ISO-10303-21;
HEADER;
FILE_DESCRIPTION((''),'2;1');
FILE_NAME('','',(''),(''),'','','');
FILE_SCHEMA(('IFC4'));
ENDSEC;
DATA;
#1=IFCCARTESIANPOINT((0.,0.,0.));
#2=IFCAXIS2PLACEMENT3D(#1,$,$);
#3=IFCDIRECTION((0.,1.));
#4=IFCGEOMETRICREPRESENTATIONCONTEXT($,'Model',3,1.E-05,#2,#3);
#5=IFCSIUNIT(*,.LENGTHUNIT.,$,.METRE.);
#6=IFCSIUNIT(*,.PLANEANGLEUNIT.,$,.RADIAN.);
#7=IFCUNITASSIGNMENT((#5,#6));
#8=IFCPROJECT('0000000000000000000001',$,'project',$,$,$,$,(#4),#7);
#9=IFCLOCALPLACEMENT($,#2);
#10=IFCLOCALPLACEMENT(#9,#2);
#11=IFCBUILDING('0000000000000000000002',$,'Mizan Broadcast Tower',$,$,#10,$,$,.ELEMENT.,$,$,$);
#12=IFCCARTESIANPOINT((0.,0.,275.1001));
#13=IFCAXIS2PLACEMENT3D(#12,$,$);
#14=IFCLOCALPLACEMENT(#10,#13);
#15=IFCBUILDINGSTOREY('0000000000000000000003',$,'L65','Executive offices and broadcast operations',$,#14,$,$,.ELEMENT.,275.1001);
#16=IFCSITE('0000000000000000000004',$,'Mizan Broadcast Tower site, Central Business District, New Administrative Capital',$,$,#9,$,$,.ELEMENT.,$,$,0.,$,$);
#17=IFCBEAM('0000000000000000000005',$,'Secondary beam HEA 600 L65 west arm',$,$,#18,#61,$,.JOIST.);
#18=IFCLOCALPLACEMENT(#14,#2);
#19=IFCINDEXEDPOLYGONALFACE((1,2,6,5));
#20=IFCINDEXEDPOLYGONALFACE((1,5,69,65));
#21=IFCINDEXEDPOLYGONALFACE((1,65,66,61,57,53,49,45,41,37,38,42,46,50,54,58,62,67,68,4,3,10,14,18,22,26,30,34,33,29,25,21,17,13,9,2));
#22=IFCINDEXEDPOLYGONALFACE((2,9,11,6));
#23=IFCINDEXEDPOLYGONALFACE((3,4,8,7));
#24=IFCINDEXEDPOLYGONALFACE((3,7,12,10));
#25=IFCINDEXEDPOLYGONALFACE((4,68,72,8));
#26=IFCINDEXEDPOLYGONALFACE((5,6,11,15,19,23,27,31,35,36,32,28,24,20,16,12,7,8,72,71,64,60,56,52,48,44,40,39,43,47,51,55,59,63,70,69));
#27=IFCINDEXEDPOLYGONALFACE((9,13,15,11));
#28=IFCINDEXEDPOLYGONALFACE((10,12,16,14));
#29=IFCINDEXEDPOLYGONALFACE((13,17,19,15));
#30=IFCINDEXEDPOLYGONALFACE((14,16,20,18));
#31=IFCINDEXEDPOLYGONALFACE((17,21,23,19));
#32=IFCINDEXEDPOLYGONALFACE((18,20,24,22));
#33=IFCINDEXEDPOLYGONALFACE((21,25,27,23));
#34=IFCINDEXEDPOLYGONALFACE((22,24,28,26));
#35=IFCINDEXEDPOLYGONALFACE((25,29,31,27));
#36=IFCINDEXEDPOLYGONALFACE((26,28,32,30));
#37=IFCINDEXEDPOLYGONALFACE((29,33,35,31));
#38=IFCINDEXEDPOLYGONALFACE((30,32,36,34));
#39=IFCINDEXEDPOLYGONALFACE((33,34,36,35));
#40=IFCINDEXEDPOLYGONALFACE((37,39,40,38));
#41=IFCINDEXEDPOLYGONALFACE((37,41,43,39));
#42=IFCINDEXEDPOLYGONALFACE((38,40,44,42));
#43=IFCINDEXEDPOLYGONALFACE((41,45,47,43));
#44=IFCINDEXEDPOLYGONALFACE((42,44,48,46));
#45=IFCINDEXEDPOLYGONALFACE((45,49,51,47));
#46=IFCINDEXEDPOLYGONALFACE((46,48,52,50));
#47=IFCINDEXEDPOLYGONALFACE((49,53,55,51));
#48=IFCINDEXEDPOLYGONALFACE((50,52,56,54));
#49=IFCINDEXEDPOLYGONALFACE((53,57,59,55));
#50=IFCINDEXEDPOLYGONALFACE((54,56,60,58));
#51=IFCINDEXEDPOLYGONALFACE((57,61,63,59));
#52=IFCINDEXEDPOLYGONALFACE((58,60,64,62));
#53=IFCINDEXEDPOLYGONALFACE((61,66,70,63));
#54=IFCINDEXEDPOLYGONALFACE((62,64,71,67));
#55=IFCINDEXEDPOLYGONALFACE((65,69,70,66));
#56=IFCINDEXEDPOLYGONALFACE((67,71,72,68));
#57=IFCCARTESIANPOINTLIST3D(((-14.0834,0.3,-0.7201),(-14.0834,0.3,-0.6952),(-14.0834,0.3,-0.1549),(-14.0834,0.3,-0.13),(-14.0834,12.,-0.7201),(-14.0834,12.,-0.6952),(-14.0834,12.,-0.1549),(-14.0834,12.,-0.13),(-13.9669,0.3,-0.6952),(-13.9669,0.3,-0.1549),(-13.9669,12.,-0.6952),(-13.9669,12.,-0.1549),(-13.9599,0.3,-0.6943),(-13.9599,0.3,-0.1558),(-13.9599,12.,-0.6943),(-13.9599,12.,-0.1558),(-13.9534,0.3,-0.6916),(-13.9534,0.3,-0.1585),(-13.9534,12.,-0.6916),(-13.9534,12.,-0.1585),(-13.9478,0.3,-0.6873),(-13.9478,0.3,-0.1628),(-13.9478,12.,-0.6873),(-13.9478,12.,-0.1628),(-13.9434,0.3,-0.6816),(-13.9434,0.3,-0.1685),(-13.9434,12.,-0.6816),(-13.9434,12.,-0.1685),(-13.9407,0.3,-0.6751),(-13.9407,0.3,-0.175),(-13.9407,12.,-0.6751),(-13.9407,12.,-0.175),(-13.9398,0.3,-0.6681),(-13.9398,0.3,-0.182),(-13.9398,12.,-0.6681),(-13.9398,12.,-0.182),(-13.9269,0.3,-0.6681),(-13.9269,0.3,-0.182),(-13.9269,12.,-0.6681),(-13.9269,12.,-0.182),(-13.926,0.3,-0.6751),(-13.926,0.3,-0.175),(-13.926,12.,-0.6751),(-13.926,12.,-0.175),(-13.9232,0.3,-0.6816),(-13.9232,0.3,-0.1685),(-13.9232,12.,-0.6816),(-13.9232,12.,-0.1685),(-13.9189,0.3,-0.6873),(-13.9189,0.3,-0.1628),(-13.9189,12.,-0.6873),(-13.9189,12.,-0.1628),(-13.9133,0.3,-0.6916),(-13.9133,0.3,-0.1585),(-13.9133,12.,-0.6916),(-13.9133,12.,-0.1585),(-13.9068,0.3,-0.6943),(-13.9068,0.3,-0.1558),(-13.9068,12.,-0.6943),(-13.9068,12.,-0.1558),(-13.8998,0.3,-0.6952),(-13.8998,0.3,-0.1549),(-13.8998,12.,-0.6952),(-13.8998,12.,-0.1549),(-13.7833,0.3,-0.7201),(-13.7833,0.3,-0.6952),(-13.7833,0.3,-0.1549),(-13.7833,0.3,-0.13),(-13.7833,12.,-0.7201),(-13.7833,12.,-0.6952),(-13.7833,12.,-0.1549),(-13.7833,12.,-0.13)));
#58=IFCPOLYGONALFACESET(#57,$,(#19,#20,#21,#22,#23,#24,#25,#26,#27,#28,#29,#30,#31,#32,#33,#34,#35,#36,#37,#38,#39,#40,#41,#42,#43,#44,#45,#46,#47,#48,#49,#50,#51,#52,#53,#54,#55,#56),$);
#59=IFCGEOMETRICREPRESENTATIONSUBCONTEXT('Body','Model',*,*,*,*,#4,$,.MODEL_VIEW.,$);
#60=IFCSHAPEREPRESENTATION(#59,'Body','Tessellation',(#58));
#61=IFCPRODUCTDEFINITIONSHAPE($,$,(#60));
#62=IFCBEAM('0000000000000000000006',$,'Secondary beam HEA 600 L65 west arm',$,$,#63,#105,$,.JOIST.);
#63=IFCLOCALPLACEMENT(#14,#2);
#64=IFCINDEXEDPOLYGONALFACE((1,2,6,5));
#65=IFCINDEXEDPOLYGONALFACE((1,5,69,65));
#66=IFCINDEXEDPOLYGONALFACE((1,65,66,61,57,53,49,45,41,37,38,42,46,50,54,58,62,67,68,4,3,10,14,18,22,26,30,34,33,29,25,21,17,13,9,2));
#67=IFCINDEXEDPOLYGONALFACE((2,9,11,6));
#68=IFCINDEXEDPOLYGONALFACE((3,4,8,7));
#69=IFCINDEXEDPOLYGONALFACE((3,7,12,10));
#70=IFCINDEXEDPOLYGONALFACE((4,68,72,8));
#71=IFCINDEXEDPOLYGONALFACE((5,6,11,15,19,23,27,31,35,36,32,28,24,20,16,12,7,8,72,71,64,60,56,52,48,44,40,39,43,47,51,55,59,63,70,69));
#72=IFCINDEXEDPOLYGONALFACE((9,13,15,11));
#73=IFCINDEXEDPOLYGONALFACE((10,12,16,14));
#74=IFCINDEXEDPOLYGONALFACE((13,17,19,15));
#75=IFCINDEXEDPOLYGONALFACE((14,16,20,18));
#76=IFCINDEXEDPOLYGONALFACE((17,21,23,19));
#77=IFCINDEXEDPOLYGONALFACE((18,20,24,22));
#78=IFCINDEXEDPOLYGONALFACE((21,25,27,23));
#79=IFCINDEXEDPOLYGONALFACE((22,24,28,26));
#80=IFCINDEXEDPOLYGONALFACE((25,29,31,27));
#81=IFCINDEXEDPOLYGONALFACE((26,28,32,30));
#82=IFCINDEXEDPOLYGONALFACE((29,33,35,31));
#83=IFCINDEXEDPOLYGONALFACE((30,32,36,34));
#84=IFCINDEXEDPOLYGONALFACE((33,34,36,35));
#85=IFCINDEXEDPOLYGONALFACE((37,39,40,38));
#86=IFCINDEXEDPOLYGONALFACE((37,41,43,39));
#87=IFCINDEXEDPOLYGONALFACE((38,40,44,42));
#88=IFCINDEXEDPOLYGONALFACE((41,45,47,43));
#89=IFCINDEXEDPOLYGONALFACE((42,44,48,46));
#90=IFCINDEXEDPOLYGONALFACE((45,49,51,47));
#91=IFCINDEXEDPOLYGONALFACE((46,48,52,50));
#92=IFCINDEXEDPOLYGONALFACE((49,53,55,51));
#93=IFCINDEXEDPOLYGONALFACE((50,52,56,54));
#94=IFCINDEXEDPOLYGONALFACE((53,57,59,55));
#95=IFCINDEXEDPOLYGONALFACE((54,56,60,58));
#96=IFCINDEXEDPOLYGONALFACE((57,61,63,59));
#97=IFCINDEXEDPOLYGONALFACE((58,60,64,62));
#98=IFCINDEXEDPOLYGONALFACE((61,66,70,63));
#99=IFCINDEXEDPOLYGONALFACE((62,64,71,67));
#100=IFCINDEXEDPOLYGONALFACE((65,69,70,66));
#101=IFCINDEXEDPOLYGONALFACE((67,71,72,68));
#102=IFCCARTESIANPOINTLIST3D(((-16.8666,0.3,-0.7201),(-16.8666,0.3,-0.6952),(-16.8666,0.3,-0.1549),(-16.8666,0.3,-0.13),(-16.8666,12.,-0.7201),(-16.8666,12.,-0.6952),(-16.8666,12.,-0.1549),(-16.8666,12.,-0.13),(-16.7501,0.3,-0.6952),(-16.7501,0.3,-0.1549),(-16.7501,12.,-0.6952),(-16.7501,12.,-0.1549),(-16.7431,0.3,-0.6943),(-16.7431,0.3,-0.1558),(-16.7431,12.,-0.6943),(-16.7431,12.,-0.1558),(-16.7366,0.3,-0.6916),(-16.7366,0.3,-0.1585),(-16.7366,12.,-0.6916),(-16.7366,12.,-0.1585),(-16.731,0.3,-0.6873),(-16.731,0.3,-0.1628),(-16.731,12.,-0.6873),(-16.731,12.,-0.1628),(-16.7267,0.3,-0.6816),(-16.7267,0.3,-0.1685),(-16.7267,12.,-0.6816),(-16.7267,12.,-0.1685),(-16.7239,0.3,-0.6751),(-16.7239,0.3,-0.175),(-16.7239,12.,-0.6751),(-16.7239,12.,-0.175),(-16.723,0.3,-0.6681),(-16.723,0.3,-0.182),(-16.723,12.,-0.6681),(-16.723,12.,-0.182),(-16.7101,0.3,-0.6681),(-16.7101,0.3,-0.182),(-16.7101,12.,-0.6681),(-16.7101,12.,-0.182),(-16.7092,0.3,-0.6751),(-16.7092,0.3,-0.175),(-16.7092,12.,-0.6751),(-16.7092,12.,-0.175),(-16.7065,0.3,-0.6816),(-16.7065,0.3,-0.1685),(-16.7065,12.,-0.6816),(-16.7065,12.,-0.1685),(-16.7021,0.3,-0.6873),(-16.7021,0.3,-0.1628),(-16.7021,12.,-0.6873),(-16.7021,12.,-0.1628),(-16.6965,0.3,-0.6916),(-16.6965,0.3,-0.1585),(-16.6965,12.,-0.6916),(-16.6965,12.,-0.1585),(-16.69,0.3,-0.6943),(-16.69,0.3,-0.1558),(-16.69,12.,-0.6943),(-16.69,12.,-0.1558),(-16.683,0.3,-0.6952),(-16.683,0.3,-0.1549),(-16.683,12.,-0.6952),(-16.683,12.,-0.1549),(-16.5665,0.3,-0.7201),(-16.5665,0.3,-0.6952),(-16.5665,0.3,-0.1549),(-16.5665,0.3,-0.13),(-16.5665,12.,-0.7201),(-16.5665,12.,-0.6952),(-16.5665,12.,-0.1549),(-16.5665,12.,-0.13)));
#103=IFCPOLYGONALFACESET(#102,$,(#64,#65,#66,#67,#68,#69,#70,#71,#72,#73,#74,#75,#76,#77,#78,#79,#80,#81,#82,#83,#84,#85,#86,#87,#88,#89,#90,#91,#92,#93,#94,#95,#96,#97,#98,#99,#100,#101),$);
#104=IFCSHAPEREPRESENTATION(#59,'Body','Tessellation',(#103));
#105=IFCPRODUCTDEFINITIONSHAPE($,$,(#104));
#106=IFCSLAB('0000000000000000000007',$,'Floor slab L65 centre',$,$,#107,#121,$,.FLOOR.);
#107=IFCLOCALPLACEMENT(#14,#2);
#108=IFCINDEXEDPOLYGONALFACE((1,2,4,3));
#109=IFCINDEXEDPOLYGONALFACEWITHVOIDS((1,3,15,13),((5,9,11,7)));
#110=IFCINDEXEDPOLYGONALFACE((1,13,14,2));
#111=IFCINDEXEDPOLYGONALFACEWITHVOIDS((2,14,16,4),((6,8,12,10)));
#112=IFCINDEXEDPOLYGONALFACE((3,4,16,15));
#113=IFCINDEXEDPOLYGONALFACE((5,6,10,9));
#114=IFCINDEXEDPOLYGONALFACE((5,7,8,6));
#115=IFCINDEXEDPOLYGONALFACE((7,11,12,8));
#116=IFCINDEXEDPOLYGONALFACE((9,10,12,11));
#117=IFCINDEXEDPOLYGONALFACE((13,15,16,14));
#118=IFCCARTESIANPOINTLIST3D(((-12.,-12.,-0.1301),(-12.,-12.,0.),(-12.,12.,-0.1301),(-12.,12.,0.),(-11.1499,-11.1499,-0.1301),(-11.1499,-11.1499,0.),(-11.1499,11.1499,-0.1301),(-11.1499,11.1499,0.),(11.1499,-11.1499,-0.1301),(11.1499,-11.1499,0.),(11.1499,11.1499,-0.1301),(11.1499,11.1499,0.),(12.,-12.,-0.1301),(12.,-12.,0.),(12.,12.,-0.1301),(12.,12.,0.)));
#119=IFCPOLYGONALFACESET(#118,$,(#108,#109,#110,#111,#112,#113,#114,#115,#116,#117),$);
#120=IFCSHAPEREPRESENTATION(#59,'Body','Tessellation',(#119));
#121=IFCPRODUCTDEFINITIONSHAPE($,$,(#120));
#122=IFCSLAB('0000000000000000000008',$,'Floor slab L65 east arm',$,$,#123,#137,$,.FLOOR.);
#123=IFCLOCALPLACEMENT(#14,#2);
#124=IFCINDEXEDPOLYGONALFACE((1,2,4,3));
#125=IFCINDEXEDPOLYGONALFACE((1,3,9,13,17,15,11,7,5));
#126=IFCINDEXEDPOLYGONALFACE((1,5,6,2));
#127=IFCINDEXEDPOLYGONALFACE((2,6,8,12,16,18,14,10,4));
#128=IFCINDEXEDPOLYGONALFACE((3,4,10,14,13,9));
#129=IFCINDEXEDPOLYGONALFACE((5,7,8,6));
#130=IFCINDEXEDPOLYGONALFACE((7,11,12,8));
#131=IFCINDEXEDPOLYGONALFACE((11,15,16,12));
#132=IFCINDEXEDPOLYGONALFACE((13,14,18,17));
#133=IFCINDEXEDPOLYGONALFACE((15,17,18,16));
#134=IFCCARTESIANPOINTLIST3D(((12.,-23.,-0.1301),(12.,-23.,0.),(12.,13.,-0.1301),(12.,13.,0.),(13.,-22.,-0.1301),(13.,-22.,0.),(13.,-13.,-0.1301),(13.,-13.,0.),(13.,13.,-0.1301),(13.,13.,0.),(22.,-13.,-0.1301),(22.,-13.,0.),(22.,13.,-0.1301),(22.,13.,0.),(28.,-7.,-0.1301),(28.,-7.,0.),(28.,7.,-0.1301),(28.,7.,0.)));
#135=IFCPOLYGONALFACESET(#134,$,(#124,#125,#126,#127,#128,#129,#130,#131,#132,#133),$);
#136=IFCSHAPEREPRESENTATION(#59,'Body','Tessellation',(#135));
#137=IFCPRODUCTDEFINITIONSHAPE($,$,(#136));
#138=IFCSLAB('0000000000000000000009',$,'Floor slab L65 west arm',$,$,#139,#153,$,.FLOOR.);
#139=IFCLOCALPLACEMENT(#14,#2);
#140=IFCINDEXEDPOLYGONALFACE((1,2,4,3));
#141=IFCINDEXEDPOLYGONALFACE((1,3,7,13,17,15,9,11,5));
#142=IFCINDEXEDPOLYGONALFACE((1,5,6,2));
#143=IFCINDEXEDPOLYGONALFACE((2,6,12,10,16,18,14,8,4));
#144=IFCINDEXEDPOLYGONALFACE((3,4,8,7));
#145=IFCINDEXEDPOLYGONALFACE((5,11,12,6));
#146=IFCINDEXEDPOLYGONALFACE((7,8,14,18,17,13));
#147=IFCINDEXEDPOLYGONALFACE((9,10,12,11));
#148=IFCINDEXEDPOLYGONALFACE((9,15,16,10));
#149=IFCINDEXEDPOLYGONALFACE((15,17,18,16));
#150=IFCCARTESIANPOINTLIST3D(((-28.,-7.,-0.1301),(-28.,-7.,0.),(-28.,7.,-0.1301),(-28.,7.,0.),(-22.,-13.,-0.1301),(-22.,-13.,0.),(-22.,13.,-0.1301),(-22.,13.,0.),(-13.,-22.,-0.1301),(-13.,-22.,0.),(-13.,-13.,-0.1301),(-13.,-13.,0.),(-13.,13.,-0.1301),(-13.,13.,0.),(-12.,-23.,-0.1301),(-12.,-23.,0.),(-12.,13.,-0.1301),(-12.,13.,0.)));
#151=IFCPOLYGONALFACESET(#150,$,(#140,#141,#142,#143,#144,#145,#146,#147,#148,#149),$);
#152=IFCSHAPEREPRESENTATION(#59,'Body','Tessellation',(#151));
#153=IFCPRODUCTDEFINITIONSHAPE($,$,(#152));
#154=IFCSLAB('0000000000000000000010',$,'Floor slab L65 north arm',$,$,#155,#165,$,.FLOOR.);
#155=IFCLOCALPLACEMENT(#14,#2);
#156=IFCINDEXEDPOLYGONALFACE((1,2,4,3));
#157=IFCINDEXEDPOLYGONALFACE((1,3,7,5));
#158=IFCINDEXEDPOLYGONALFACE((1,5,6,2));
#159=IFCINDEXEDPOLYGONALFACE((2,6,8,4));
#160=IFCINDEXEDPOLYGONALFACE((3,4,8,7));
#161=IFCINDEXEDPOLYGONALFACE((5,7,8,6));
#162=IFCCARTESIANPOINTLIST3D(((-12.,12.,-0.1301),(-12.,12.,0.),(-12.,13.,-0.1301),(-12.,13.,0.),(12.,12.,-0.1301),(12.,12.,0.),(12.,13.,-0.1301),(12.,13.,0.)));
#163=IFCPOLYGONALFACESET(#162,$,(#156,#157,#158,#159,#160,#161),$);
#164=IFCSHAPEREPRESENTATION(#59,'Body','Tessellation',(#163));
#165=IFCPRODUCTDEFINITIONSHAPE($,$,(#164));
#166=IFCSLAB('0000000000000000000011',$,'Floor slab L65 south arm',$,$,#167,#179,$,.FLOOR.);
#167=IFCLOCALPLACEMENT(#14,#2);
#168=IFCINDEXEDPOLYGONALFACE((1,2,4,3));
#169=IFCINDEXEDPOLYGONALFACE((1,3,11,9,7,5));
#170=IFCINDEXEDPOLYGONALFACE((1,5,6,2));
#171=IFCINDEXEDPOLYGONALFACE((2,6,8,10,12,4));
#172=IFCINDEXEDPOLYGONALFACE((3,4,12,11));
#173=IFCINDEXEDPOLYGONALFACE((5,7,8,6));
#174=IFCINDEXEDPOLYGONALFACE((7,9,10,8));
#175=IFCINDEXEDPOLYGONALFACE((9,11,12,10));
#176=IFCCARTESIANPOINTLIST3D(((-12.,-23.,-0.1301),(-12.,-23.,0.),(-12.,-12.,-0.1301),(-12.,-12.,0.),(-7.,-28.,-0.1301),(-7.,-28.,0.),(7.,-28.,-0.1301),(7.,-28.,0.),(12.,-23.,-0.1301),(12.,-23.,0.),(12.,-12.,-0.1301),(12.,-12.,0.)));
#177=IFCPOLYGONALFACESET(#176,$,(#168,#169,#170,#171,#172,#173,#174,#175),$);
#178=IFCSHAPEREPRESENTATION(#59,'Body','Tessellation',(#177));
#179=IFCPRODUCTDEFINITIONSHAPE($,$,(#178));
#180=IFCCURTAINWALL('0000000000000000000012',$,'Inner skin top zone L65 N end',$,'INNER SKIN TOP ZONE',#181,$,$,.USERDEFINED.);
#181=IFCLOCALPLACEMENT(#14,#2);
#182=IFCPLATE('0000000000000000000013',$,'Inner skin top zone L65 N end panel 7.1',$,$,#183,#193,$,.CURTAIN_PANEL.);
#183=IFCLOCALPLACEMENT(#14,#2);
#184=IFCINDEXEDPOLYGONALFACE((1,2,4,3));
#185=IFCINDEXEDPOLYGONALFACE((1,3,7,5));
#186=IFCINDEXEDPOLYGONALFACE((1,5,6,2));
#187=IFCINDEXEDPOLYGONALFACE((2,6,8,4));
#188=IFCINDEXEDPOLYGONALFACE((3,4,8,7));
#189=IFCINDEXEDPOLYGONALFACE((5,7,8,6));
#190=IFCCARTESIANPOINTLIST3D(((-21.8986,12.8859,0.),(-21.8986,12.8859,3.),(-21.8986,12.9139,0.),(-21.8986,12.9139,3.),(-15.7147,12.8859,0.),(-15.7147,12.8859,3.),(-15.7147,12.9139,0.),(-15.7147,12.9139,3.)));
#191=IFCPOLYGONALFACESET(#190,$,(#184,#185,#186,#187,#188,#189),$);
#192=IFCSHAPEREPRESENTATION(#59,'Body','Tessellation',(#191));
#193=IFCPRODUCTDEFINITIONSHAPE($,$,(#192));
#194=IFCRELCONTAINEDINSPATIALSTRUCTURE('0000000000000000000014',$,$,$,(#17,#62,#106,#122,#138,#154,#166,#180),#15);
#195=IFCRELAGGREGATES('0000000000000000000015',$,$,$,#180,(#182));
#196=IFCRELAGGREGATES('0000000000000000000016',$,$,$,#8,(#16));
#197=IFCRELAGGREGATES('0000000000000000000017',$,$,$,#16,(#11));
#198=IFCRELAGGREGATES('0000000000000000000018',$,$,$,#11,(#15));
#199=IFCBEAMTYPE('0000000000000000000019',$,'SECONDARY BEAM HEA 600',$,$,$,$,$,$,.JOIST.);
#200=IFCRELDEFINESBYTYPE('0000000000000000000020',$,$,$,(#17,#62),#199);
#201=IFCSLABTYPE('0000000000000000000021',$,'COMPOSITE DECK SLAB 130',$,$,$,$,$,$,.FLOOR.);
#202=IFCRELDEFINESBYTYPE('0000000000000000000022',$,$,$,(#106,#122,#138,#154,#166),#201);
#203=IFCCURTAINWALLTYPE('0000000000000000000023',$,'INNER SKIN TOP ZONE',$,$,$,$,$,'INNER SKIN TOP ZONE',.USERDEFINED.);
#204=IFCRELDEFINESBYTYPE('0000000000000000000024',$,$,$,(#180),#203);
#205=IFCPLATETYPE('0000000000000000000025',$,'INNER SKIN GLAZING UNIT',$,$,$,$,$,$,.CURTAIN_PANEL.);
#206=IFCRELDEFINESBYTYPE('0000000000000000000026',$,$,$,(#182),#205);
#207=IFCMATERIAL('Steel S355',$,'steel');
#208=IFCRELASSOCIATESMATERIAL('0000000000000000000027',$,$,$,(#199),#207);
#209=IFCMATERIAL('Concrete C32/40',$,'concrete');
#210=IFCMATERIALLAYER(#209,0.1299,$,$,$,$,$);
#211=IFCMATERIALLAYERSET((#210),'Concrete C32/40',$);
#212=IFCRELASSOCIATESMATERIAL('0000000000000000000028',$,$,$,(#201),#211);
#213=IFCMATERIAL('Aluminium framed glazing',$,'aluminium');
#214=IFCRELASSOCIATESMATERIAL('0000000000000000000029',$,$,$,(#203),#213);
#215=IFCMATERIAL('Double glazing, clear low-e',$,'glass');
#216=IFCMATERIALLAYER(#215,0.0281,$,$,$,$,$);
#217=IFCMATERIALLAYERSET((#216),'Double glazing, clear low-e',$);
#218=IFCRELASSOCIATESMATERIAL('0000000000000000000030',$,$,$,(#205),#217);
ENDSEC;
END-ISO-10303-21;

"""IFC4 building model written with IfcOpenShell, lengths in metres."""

from ifc_helpers import new_model, si_unit, direction, frame, origin, origin_2d, place, context, subcontext, project, spatial, polyline, rectangle, i_section, outline, extrude, material, layer, layer_set, material_profile, profile_set, type_object, element, aggregate, save


model = new_model("IFC4")

# Units and contexts
model_context = context("Model", 3, precision=1e-05, world=origin(), true_north=direction((0.0, 1.0)))
body_context = subcontext(model_context, "Body", "Model", "MODEL_VIEW")
ifc_project = project(units=[si_unit("LENGTHUNIT", "METRE"), si_unit("PLANEANGLEUNIT", "RADIAN")], contexts=[model_context])

# Site, building, storey
site_placement = place(None, origin())
site = spatial("IfcSite", under=ifc_project, at=site_placement, Name="Mizan Broadcast Tower site, Central Business District, New Administrative Capital", CompositionType="ELEMENT", RefElevation=0.0)
building_placement = place(site_placement, origin())
building = spatial("IfcBuilding", under=site, at=building_placement, Name="Mizan Broadcast Tower", CompositionType="ELEMENT")
storey_placement = place(building_placement, frame((0.0, 0.0, 275.1001)))
storey = spatial("IfcBuildingStorey", under=building, at=storey_placement, Name="L65", Description="Executive offices and broadcast operations", CompositionType="ELEMENT", Elevation=275.1001)

# Beams
ifc_material_1 = material(Name="Steel S355", Category="steel")
ifc_material_profile_1 = material_profile(ifc_material_1, i_section(OverallWidth=0.3, OverallDepth=0.5901, WebThickness=0.0129, FlangeThickness=0.0249, FilletRadius=0.0271, at=origin_2d()), Name="HEA 600")
ifc_profile_set_1 = profile_set([ifc_material_profile_1], Name="Steel S355")
beam_type_1 = type_object("IfcBeamType", Name="SECONDARY BEAM HEA 600", PredefinedType="JOIST", material=ifc_profile_set_1)
for number, where, z_axis, x_axis, name in (
    (1, (-13.9333, 12.0, -0.425), (0.0, -1.0, 0.0), (1.0, 0.0, 0.0), "Secondary beam HEA 600 L65 west arm"),
    (2, (-16.7166, 12.0, -0.425), (0.0, -1.0, 0.0), (1.0, 0.0, 0.0), "Secondary beam HEA 600 L65 west arm"),
):
    element("IfcBeam", number, at=place(storey_placement, frame(where, z_axis=z_axis, x_axis=x_axis)), inside=storey, type_object=beam_type_1, Name=name, PredefinedType="JOIST", context=body_context, shape_type="SweptSolid", body=[
        extrude(i_section(OverallWidth=0.3, OverallDepth=0.5901, WebThickness=0.0129, FlangeThickness=0.0249, FilletRadius=0.0271, at=origin_2d()), origin(), (0.0, 0.0, 1.0), 11.7),
    ])

# Slabs
ifc_material_2 = material(Name="Concrete C32/40", Category="concrete")
ifc_layer_1 = layer(ifc_material_2, 0.1299)
ifc_layer_set_1 = layer_set([ifc_layer_1], Name="Concrete C32/40")
slab_type = type_object("IfcSlabType", Name="COMPOSITE DECK SLAB 130", PredefinedType="FLOOR", material=ifc_layer_set_1)
slab_1_placement = place(storey_placement, frame((0.0, 0.0, -0.1301)))
element("IfcSlab", 3, at=slab_1_placement, inside=storey, type_object=slab_type, Name="Floor slab L65 centre", PredefinedType="FLOOR", context=body_context, shape_type="SweptSolid", body=[
    extrude(outline(polyline([(-12.0, -12.0), (12.0, -12.0), (12.0, 12.0), (-12.0, 12.0), (-12.0, -12.0)]), holes=[polyline([(-11.1499, 11.1499), (11.1499, 11.1499), (11.1499, -11.1499), (-11.1499, -11.1499), (-11.1499, 11.1499)])]), origin(), (0.0, 0.0, 1.0), 0.1301),
])
slab_2_placement = place(storey_placement, frame((0.0, 0.0, -0.1301)))
element("IfcSlab", 4, at=slab_2_placement, inside=storey, type_object=slab_type, Name="Floor slab L65 east arm", PredefinedType="FLOOR", context=body_context, shape_type="SweptSolid", body=[
    extrude(outline(polyline([(12.0, -23.0), (13.0, -22.0), (13.0, -13.0), (22.0, -13.0), (28.0, -7.0), (28.0, 7.0), (22.0, 13.0), (13.0, 13.0), (12.0, 13.0), (12.0, -23.0)])), origin(), (0.0, 0.0, 1.0), 0.1301),
])
slab_3_placement = place(storey_placement, frame((0.0, 0.0, -0.1301)))
element("IfcSlab", 5, at=slab_3_placement, inside=storey, type_object=slab_type, Name="Floor slab L65 west arm", PredefinedType="FLOOR", context=body_context, shape_type="SweptSolid", body=[
    extrude(outline(polyline([(-13.0, -22.0), (-12.0, -23.0), (-12.0, 13.0), (-13.0, 13.0), (-22.0, 13.0), (-28.0, 7.0), (-28.0, -7.0), (-22.0, -13.0), (-13.0, -13.0), (-13.0, -22.0)])), origin(), (0.0, 0.0, 1.0), 0.1301),
])
slab_4_placement = place(storey_placement, frame((0.0, 0.0, -0.1301)))
element("IfcSlab", 6, at=slab_4_placement, inside=storey, type_object=slab_type, Name="Floor slab L65 north arm", PredefinedType="FLOOR", context=body_context, shape_type="SweptSolid", body=[
    extrude(outline(polyline([(12.0, 13.0), (-12.0, 13.0), (-12.0, 12.0), (12.0, 12.0), (12.0, 13.0)])), origin(), (0.0, 0.0, 1.0), 0.1301),
])
slab_5_placement = place(storey_placement, frame((0.0, 0.0, -0.1301)))
element("IfcSlab", 7, at=slab_5_placement, inside=storey, type_object=slab_type, Name="Floor slab L65 south arm", PredefinedType="FLOOR", context=body_context, shape_type="SweptSolid", body=[
    extrude(outline(polyline([(7.0, -28.0), (12.0, -23.0), (12.0, -12.0), (-12.0, -12.0), (-12.0, -23.0), (-7.0, -28.0), (7.0, -28.0)])), origin(), (0.0, 0.0, 1.0), 0.1301),
])

# Curtain wall, plate
ifc_material_3 = material(Name="Aluminium framed glazing", Category="aluminium")
curtain_wall_type = type_object("IfcCurtainWallType", Name="INNER SKIN TOP ZONE", ElementType="INNER SKIN TOP ZONE", PredefinedType="USERDEFINED", material=ifc_material_3)
curtain_wall_placement = place(storey_placement, origin())
curtain_wall = element("IfcCurtainWall", 8, at=curtain_wall_placement, inside=storey, type_object=curtain_wall_type, Name="Inner skin top zone L65 N end", ObjectType="INNER SKIN TOP ZONE", PredefinedType="USERDEFINED")
ifc_material_4 = material(Name="Double glazing, clear low-e", Category="glass")
ifc_layer_2 = layer(ifc_material_4, 0.0281)
ifc_layer_set_2 = layer_set([ifc_layer_2], Name="Double glazing, clear low-e")
plate_type = type_object("IfcPlateType", Name="INNER SKIN GLAZING UNIT", PredefinedType="CURTAIN_PANEL", material=ifc_layer_set_2)
plate_placement = place(storey_placement, frame((-18.8066, 12.8999, 0.0), z_axis=(0.0, 0.0, 1.0), x_axis=(-1.0, 0.0, 0.0)))
plate = element("IfcPlate", 9, at=plate_placement, type_object=plate_type, Name="Inner skin top zone L65 N end panel 7.1", PredefinedType="CURTAIN_PANEL", context=body_context, shape_type="SweptSolid", body=[
    extrude(rectangle(XDim=6.1838, YDim=0.0281, at=origin_2d()), origin(), (0.0, 0.0, 1.0), 3.0),
])
aggregate(curtain_wall, [plate])

save(model, "model.ifc")
